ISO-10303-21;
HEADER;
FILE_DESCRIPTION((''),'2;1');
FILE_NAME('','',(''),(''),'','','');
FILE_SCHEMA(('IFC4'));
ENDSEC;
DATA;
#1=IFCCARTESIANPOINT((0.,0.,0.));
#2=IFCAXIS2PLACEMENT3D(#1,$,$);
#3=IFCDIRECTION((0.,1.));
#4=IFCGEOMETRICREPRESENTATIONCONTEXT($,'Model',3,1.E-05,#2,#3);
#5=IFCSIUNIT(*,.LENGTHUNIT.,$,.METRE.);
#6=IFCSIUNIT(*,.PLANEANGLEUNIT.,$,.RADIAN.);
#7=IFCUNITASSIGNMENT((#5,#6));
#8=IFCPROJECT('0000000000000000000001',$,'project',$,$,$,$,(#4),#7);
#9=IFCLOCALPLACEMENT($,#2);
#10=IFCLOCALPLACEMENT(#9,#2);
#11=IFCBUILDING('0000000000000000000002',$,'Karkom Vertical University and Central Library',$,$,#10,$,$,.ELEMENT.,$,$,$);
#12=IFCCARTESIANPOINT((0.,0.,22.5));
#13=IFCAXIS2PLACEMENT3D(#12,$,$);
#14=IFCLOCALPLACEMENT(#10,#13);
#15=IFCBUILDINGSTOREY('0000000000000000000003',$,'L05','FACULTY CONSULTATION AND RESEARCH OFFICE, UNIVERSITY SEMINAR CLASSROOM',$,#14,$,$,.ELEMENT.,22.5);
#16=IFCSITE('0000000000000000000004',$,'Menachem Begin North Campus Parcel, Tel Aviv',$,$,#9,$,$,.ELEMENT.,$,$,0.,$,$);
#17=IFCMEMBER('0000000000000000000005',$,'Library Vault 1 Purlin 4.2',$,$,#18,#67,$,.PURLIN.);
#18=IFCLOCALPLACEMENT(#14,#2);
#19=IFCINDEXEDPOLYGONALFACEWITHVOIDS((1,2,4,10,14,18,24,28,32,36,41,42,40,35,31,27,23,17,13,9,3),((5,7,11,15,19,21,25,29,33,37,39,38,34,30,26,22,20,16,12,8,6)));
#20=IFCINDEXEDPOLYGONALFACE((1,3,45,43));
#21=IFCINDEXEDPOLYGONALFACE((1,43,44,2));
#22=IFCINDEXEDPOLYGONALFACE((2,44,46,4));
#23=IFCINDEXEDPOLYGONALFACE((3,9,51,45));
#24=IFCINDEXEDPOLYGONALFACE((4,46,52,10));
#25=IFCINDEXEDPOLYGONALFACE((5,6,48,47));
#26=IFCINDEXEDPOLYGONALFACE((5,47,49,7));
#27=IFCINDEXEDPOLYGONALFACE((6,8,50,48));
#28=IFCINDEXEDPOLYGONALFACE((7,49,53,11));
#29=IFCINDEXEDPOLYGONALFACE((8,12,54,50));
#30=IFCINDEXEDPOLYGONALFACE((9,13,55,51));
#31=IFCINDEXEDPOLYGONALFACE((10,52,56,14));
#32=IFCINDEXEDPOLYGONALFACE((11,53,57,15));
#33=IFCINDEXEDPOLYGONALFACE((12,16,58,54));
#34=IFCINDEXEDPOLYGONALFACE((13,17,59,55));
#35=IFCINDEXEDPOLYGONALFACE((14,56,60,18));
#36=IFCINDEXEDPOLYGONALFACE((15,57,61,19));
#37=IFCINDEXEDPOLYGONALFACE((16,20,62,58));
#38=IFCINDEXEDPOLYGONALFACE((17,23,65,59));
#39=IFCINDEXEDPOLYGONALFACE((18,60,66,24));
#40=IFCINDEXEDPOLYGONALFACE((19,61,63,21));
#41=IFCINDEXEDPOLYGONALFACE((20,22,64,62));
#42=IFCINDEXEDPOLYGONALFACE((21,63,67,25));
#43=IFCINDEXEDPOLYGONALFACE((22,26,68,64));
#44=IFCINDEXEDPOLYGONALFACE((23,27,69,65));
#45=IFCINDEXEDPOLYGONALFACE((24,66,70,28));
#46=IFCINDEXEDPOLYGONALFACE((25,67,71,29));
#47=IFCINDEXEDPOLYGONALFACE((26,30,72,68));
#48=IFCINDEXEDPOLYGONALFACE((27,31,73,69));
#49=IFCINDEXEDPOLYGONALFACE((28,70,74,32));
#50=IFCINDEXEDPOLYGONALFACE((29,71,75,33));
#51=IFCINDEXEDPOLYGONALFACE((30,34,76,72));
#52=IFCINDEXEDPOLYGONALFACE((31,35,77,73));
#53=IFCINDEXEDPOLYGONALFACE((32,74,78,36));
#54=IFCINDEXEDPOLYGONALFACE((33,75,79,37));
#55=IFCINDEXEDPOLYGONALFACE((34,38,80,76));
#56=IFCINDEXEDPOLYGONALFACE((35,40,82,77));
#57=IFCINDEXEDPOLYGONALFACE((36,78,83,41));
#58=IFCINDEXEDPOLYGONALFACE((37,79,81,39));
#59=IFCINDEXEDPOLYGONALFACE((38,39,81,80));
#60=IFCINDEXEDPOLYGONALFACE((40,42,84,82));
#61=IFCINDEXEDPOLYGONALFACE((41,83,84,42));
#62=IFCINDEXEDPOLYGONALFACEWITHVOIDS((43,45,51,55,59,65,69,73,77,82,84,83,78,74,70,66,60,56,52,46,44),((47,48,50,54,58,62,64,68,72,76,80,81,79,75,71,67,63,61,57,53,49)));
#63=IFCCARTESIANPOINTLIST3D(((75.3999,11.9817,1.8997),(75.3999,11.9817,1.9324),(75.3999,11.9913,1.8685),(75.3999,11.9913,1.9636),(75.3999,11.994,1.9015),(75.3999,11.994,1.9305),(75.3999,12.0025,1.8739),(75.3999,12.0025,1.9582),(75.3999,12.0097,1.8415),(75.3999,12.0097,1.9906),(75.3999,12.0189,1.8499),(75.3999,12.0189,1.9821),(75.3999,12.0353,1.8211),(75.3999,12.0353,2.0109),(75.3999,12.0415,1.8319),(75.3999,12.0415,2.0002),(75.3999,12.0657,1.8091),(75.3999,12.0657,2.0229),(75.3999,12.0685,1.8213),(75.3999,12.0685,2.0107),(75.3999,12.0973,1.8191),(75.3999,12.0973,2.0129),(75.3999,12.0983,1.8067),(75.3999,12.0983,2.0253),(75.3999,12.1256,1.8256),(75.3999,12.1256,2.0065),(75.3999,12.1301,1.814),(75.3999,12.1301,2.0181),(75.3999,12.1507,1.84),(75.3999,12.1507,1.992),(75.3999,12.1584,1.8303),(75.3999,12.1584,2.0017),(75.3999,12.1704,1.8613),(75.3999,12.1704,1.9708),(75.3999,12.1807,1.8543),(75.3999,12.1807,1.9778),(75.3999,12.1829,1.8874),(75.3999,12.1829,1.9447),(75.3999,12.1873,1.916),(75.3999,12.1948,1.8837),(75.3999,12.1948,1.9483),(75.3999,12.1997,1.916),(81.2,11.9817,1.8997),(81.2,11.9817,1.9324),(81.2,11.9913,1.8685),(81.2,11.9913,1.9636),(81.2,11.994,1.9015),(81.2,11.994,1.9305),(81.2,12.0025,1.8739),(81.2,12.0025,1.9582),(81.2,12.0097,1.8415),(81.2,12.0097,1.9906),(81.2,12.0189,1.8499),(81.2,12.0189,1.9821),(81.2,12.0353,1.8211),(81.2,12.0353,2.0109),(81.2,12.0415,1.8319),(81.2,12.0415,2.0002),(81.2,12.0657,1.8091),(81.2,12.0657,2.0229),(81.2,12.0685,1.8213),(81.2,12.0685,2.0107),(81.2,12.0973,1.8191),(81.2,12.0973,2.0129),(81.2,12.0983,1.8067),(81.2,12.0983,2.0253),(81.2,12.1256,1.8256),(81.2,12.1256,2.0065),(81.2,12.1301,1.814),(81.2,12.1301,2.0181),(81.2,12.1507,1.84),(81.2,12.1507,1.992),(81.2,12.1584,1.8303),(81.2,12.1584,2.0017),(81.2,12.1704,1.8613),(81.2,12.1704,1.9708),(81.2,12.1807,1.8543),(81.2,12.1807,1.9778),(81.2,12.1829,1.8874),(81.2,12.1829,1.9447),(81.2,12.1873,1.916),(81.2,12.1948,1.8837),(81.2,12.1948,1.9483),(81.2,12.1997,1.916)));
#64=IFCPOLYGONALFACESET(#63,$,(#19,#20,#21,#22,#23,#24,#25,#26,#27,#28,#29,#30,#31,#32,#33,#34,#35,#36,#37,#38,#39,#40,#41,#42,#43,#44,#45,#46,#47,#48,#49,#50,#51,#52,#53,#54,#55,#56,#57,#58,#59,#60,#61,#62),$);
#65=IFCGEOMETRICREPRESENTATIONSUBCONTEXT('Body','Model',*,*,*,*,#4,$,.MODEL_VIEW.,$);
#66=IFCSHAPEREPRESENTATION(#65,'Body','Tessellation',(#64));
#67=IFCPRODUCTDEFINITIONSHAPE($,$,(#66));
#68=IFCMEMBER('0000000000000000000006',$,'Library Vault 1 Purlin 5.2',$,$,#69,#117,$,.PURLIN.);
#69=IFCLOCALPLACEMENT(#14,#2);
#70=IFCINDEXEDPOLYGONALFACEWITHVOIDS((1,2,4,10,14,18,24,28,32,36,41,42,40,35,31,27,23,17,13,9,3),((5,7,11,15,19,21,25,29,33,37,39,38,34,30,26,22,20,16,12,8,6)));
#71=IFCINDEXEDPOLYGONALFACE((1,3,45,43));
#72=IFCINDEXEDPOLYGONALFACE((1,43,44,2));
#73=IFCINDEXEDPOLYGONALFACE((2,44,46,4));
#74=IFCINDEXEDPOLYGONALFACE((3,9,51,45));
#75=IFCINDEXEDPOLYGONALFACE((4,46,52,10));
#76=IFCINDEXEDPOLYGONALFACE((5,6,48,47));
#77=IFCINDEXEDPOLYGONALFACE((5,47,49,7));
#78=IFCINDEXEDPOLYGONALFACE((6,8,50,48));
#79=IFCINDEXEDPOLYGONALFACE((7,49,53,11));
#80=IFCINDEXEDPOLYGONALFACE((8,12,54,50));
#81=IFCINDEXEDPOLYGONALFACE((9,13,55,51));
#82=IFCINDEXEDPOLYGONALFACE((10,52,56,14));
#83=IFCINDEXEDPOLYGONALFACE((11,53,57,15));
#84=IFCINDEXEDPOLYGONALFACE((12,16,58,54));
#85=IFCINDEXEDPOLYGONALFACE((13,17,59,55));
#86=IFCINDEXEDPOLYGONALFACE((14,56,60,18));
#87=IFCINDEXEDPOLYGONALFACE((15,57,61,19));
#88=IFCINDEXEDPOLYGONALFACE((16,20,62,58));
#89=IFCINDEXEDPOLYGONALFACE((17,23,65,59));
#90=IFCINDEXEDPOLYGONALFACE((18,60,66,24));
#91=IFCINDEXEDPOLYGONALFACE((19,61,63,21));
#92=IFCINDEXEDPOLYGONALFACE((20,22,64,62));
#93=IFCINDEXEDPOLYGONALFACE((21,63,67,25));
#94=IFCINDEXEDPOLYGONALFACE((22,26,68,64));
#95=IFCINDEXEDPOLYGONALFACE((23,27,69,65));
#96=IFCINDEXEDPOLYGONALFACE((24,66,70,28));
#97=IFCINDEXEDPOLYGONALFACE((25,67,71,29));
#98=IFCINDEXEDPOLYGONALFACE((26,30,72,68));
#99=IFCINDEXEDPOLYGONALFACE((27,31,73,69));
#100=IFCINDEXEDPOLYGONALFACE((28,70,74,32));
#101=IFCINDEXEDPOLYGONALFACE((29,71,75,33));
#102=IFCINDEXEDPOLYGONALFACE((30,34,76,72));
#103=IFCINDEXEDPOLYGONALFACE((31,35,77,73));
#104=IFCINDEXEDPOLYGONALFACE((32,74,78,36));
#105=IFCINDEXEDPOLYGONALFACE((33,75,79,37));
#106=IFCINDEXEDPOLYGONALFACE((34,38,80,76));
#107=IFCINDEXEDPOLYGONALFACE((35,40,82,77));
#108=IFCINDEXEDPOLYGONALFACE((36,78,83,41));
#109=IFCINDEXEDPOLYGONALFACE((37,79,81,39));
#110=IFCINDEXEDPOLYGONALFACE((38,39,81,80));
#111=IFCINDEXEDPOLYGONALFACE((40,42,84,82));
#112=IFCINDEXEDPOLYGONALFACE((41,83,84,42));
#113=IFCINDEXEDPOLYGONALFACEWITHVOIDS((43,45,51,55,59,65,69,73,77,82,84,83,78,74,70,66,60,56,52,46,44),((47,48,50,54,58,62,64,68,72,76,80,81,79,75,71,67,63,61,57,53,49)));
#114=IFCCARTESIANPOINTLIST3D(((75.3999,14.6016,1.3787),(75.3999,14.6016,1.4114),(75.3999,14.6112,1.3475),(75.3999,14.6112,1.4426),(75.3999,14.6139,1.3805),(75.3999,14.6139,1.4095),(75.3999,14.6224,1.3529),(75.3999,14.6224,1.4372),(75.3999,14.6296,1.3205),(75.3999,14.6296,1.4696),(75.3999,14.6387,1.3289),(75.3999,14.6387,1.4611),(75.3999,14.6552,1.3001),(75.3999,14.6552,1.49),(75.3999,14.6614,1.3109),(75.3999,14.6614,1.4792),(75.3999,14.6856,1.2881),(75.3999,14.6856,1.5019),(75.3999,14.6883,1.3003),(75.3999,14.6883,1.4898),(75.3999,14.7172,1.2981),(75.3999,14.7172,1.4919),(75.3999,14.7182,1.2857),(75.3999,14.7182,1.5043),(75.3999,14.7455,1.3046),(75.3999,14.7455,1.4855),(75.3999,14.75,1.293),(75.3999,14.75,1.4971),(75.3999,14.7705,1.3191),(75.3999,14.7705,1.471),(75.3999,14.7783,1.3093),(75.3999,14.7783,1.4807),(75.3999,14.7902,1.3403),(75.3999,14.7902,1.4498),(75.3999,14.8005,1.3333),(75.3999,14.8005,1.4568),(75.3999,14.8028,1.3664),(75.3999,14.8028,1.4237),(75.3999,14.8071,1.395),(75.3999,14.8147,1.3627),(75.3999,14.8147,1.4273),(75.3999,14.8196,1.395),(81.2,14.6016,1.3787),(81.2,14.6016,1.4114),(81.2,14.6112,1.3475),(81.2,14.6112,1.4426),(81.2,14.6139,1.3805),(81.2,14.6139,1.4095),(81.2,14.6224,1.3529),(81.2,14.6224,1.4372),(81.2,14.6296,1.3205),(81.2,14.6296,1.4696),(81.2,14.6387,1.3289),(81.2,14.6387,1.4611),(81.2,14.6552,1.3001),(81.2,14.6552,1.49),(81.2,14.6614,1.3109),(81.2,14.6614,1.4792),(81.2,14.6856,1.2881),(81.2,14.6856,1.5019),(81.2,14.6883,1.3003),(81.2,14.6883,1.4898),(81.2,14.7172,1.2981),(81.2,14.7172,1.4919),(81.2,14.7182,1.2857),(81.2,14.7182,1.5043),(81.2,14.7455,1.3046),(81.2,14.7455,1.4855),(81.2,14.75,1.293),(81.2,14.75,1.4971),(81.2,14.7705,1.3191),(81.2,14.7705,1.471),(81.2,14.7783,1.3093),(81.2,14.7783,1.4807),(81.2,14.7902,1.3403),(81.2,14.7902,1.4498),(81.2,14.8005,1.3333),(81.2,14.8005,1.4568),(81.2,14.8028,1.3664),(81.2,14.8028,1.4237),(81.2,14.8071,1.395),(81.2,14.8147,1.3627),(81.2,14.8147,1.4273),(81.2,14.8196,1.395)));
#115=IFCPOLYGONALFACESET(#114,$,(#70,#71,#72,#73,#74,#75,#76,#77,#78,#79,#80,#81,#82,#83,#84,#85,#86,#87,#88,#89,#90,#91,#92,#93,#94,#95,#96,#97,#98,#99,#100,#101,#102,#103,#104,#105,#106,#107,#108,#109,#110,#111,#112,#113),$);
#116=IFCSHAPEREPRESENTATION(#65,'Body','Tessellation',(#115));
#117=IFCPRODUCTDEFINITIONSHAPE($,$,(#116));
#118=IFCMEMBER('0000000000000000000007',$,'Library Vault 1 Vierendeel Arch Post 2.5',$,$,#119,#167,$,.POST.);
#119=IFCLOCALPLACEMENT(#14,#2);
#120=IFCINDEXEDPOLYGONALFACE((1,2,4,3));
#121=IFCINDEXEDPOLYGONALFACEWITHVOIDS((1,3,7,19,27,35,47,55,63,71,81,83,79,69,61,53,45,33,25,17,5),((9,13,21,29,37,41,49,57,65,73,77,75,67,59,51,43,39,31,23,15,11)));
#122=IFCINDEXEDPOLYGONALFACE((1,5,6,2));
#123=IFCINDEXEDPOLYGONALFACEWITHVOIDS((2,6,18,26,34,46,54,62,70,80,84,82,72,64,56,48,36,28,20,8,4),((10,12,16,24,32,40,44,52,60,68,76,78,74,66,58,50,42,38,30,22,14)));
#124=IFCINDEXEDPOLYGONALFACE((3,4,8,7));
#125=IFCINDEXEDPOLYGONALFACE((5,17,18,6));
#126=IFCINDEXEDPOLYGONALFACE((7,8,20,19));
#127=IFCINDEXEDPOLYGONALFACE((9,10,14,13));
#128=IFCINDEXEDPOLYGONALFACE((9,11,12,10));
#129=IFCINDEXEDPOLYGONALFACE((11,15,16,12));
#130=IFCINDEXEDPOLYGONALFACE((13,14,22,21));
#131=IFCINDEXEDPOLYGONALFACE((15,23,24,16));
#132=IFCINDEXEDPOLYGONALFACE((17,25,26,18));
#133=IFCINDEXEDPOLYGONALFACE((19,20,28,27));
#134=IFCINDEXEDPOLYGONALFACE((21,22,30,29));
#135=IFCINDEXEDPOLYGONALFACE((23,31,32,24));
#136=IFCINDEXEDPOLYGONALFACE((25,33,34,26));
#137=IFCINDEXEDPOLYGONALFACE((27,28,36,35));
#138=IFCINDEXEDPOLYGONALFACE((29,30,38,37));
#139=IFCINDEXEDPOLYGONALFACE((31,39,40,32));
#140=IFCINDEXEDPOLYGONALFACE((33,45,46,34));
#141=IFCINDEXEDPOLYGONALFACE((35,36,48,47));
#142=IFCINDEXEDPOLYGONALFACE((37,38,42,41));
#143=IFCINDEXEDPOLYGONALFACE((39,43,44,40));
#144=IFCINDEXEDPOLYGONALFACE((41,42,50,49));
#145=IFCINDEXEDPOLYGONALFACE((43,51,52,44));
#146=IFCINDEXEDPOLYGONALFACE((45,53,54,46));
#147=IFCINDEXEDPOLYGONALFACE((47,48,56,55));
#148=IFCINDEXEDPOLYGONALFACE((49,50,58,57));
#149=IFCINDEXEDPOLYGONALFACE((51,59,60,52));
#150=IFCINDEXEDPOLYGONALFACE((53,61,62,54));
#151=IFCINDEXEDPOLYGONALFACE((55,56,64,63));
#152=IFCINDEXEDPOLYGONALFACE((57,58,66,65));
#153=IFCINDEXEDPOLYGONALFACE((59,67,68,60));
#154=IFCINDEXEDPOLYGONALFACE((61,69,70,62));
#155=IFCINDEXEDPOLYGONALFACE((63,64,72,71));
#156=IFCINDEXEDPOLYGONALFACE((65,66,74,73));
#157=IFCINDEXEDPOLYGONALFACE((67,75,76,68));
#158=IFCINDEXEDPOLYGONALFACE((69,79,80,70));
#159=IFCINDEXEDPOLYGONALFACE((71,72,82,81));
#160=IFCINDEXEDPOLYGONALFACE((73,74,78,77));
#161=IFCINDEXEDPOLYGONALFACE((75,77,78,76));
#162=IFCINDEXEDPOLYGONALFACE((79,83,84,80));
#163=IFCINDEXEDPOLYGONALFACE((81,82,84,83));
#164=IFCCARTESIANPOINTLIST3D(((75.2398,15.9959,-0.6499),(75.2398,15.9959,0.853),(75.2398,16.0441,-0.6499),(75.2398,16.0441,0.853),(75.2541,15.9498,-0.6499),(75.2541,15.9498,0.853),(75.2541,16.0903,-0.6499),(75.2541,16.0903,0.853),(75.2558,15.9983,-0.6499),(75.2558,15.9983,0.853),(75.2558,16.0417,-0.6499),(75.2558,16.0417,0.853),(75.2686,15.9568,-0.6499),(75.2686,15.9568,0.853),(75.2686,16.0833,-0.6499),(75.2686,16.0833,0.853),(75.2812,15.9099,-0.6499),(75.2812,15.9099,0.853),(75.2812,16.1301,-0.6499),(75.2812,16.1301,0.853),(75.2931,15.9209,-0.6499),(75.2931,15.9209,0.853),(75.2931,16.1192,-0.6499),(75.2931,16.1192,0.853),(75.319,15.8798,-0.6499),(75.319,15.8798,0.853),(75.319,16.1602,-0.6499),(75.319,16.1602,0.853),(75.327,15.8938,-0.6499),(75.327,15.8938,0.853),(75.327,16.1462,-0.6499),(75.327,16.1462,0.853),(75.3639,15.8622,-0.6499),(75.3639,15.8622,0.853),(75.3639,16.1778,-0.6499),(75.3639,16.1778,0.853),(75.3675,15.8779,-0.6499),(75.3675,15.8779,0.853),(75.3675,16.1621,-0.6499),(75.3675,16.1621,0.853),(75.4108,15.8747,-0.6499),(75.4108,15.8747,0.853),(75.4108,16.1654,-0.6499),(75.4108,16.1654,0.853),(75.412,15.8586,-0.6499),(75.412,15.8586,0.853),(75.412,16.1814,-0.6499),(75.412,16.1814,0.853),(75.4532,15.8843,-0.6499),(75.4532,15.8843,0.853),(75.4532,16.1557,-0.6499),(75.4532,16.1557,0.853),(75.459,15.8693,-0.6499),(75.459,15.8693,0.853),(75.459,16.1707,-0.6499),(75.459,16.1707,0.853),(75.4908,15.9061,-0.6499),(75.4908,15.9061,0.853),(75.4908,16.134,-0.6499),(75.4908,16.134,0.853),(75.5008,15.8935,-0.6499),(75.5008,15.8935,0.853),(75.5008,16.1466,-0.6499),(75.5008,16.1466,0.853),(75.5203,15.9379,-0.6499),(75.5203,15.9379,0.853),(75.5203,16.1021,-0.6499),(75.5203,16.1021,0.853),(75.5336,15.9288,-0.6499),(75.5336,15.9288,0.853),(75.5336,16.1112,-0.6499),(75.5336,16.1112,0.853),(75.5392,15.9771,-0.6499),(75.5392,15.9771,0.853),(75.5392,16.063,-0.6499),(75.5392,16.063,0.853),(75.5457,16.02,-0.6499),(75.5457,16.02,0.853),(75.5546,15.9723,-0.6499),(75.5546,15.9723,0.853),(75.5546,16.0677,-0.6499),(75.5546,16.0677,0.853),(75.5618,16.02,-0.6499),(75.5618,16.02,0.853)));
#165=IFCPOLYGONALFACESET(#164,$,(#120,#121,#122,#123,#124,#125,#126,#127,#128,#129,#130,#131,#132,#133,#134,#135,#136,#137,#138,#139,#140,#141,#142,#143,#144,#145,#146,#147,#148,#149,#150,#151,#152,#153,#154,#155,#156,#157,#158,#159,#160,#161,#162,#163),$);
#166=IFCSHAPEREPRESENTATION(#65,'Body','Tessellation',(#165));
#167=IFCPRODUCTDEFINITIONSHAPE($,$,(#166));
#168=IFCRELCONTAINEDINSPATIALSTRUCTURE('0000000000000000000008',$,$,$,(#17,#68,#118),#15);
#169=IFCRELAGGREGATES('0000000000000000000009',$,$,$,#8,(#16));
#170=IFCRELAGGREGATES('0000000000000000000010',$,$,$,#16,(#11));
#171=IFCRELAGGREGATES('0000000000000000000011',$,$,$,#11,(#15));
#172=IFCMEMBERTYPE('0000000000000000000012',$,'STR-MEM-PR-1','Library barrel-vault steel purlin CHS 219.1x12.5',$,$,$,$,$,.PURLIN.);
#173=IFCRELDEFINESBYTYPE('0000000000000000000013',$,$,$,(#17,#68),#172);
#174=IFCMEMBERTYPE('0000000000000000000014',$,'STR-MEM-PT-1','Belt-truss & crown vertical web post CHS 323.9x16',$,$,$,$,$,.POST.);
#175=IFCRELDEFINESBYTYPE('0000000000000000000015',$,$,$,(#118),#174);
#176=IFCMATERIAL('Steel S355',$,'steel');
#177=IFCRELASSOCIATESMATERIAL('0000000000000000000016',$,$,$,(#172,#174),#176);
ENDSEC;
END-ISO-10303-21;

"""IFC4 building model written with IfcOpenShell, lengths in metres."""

from ifc_helpers import new_model, si_unit, direction, frame, origin, origin_with_axes, origin_2d, place, context, subcontext, project, spatial, hollow_circle, extrude, source, transform, mapped, material, material_profile, profile_set, type_object, element, save


model = new_model("IFC4")

# Units and contexts
model_context = context("Model", 3, precision=1e-05, world=origin(), true_north=direction((0.0, 1.0)))
body_context = subcontext(model_context, "Body", "Model", "MODEL_VIEW")
ifc_project = project(units=[si_unit("LENGTHUNIT", "METRE"), si_unit("PLANEANGLEUNIT", "RADIAN")], contexts=[model_context])

# Site, building, storey
site_placement = place(None, origin())
site = spatial("IfcSite", under=ifc_project, at=site_placement, Name="Menachem Begin North Campus Parcel, Tel Aviv", CompositionType="ELEMENT", RefElevation=0.0)
building_placement = place(site_placement, origin())
building = spatial("IfcBuilding", under=site, at=building_placement, Name="Karkom Vertical University and Central Library", CompositionType="ELEMENT")
storey_placement = place(building_placement, frame((0.0, 0.0, 22.5)))
storey = spatial("IfcBuildingStorey", under=building, at=storey_placement, Name="L05", Description="FACULTY CONSULTATION AND RESEARCH OFFICE, UNIVERSITY SEMINAR CLASSROOM", CompositionType="ELEMENT", Elevation=22.5)

# Members
ifc_material_1 = material(Name="Steel S355", Category="steel")
ifc_material_profile_1 = material_profile(ifc_material_1, hollow_circle(Radius=0.1096, WallThickness=0.0125, at=origin_2d()), Name="CHS 219.1x12.5")
ifc_profile_set_1 = profile_set([ifc_material_profile_1], Name="Steel S355")
member_type_1 = type_object("IfcMemberType", Name="STR-MEM-PR-1", Description="Library barrel-vault steel purlin CHS 219.1x12.5", PredefinedType="PURLIN", material=ifc_profile_set_1)
shared_shape_1 = source(origin_with_axes(), body_context, "Body", "SweptSolid", [
    extrude(hollow_circle(Radius=0.1096, WallThickness=0.0125, at=origin_2d()), origin(), (0.0, 0.0, 1.0), 5.8),
])
for number, where, z_axis, x_axis, name in (
    (1, (75.3999, 12.0901, 1.916), (1.0, 0.0, 0.0), (0.0, 1.0, 0.0), "Library Vault 1 Purlin 4.2"),
    (2, (75.3999, 14.71, 1.395), (1.0, 0.0, 0.0), (0.0, 1.0, 0.0), "Library Vault 1 Purlin 5.2"),
):
    element("IfcMember", number, at=place(storey_placement, frame(where, z_axis=z_axis, x_axis=x_axis)), inside=storey, type_object=member_type_1, Name=name, PredefinedType="PURLIN", context=body_context, shape_type="MappedRepresentation", body=[
        mapped(shared_shape_1, transform((0.0, 0.0, 0.0), scale=1.0)),
    ])
ifc_material_profile_2 = material_profile(ifc_material_1, hollow_circle(Radius=0.1619, WallThickness=0.0161, at=origin_2d()), Name="CHS 323.9x16")
ifc_profile_set_2 = profile_set([ifc_material_profile_2], Name="Steel S355")
member_type_2 = type_object("IfcMemberType", Name="STR-MEM-PT-1", Description="Belt-truss & crown vertical web post CHS 323.9x16", PredefinedType="POST", material=ifc_profile_set_2)
shared_shape_2 = source(origin_with_axes(), body_context, "Body", "SweptSolid", [
    extrude(hollow_circle(Radius=0.1619, WallThickness=0.0161, at=origin_2d()), origin(), (0.0, 0.0, 1.0), 1.5029),
])
member_1_placement = place(storey_placement, frame((75.3999, 16.02, -0.6499), z_axis=(0.0, 0.0, 1.0), x_axis=(1.0, 0.0, 0.0)))
element("IfcMember", 3, at=member_1_placement, inside=storey, type_object=member_type_2, Name="Library Vault 1 Vierendeel Arch Post 2.5", PredefinedType="POST", context=body_context, shape_type="MappedRepresentation", body=[
    mapped(shared_shape_2, transform((0.0, 0.0, 0.0), scale=1.0)),
])

save(model, "model.ifc")
